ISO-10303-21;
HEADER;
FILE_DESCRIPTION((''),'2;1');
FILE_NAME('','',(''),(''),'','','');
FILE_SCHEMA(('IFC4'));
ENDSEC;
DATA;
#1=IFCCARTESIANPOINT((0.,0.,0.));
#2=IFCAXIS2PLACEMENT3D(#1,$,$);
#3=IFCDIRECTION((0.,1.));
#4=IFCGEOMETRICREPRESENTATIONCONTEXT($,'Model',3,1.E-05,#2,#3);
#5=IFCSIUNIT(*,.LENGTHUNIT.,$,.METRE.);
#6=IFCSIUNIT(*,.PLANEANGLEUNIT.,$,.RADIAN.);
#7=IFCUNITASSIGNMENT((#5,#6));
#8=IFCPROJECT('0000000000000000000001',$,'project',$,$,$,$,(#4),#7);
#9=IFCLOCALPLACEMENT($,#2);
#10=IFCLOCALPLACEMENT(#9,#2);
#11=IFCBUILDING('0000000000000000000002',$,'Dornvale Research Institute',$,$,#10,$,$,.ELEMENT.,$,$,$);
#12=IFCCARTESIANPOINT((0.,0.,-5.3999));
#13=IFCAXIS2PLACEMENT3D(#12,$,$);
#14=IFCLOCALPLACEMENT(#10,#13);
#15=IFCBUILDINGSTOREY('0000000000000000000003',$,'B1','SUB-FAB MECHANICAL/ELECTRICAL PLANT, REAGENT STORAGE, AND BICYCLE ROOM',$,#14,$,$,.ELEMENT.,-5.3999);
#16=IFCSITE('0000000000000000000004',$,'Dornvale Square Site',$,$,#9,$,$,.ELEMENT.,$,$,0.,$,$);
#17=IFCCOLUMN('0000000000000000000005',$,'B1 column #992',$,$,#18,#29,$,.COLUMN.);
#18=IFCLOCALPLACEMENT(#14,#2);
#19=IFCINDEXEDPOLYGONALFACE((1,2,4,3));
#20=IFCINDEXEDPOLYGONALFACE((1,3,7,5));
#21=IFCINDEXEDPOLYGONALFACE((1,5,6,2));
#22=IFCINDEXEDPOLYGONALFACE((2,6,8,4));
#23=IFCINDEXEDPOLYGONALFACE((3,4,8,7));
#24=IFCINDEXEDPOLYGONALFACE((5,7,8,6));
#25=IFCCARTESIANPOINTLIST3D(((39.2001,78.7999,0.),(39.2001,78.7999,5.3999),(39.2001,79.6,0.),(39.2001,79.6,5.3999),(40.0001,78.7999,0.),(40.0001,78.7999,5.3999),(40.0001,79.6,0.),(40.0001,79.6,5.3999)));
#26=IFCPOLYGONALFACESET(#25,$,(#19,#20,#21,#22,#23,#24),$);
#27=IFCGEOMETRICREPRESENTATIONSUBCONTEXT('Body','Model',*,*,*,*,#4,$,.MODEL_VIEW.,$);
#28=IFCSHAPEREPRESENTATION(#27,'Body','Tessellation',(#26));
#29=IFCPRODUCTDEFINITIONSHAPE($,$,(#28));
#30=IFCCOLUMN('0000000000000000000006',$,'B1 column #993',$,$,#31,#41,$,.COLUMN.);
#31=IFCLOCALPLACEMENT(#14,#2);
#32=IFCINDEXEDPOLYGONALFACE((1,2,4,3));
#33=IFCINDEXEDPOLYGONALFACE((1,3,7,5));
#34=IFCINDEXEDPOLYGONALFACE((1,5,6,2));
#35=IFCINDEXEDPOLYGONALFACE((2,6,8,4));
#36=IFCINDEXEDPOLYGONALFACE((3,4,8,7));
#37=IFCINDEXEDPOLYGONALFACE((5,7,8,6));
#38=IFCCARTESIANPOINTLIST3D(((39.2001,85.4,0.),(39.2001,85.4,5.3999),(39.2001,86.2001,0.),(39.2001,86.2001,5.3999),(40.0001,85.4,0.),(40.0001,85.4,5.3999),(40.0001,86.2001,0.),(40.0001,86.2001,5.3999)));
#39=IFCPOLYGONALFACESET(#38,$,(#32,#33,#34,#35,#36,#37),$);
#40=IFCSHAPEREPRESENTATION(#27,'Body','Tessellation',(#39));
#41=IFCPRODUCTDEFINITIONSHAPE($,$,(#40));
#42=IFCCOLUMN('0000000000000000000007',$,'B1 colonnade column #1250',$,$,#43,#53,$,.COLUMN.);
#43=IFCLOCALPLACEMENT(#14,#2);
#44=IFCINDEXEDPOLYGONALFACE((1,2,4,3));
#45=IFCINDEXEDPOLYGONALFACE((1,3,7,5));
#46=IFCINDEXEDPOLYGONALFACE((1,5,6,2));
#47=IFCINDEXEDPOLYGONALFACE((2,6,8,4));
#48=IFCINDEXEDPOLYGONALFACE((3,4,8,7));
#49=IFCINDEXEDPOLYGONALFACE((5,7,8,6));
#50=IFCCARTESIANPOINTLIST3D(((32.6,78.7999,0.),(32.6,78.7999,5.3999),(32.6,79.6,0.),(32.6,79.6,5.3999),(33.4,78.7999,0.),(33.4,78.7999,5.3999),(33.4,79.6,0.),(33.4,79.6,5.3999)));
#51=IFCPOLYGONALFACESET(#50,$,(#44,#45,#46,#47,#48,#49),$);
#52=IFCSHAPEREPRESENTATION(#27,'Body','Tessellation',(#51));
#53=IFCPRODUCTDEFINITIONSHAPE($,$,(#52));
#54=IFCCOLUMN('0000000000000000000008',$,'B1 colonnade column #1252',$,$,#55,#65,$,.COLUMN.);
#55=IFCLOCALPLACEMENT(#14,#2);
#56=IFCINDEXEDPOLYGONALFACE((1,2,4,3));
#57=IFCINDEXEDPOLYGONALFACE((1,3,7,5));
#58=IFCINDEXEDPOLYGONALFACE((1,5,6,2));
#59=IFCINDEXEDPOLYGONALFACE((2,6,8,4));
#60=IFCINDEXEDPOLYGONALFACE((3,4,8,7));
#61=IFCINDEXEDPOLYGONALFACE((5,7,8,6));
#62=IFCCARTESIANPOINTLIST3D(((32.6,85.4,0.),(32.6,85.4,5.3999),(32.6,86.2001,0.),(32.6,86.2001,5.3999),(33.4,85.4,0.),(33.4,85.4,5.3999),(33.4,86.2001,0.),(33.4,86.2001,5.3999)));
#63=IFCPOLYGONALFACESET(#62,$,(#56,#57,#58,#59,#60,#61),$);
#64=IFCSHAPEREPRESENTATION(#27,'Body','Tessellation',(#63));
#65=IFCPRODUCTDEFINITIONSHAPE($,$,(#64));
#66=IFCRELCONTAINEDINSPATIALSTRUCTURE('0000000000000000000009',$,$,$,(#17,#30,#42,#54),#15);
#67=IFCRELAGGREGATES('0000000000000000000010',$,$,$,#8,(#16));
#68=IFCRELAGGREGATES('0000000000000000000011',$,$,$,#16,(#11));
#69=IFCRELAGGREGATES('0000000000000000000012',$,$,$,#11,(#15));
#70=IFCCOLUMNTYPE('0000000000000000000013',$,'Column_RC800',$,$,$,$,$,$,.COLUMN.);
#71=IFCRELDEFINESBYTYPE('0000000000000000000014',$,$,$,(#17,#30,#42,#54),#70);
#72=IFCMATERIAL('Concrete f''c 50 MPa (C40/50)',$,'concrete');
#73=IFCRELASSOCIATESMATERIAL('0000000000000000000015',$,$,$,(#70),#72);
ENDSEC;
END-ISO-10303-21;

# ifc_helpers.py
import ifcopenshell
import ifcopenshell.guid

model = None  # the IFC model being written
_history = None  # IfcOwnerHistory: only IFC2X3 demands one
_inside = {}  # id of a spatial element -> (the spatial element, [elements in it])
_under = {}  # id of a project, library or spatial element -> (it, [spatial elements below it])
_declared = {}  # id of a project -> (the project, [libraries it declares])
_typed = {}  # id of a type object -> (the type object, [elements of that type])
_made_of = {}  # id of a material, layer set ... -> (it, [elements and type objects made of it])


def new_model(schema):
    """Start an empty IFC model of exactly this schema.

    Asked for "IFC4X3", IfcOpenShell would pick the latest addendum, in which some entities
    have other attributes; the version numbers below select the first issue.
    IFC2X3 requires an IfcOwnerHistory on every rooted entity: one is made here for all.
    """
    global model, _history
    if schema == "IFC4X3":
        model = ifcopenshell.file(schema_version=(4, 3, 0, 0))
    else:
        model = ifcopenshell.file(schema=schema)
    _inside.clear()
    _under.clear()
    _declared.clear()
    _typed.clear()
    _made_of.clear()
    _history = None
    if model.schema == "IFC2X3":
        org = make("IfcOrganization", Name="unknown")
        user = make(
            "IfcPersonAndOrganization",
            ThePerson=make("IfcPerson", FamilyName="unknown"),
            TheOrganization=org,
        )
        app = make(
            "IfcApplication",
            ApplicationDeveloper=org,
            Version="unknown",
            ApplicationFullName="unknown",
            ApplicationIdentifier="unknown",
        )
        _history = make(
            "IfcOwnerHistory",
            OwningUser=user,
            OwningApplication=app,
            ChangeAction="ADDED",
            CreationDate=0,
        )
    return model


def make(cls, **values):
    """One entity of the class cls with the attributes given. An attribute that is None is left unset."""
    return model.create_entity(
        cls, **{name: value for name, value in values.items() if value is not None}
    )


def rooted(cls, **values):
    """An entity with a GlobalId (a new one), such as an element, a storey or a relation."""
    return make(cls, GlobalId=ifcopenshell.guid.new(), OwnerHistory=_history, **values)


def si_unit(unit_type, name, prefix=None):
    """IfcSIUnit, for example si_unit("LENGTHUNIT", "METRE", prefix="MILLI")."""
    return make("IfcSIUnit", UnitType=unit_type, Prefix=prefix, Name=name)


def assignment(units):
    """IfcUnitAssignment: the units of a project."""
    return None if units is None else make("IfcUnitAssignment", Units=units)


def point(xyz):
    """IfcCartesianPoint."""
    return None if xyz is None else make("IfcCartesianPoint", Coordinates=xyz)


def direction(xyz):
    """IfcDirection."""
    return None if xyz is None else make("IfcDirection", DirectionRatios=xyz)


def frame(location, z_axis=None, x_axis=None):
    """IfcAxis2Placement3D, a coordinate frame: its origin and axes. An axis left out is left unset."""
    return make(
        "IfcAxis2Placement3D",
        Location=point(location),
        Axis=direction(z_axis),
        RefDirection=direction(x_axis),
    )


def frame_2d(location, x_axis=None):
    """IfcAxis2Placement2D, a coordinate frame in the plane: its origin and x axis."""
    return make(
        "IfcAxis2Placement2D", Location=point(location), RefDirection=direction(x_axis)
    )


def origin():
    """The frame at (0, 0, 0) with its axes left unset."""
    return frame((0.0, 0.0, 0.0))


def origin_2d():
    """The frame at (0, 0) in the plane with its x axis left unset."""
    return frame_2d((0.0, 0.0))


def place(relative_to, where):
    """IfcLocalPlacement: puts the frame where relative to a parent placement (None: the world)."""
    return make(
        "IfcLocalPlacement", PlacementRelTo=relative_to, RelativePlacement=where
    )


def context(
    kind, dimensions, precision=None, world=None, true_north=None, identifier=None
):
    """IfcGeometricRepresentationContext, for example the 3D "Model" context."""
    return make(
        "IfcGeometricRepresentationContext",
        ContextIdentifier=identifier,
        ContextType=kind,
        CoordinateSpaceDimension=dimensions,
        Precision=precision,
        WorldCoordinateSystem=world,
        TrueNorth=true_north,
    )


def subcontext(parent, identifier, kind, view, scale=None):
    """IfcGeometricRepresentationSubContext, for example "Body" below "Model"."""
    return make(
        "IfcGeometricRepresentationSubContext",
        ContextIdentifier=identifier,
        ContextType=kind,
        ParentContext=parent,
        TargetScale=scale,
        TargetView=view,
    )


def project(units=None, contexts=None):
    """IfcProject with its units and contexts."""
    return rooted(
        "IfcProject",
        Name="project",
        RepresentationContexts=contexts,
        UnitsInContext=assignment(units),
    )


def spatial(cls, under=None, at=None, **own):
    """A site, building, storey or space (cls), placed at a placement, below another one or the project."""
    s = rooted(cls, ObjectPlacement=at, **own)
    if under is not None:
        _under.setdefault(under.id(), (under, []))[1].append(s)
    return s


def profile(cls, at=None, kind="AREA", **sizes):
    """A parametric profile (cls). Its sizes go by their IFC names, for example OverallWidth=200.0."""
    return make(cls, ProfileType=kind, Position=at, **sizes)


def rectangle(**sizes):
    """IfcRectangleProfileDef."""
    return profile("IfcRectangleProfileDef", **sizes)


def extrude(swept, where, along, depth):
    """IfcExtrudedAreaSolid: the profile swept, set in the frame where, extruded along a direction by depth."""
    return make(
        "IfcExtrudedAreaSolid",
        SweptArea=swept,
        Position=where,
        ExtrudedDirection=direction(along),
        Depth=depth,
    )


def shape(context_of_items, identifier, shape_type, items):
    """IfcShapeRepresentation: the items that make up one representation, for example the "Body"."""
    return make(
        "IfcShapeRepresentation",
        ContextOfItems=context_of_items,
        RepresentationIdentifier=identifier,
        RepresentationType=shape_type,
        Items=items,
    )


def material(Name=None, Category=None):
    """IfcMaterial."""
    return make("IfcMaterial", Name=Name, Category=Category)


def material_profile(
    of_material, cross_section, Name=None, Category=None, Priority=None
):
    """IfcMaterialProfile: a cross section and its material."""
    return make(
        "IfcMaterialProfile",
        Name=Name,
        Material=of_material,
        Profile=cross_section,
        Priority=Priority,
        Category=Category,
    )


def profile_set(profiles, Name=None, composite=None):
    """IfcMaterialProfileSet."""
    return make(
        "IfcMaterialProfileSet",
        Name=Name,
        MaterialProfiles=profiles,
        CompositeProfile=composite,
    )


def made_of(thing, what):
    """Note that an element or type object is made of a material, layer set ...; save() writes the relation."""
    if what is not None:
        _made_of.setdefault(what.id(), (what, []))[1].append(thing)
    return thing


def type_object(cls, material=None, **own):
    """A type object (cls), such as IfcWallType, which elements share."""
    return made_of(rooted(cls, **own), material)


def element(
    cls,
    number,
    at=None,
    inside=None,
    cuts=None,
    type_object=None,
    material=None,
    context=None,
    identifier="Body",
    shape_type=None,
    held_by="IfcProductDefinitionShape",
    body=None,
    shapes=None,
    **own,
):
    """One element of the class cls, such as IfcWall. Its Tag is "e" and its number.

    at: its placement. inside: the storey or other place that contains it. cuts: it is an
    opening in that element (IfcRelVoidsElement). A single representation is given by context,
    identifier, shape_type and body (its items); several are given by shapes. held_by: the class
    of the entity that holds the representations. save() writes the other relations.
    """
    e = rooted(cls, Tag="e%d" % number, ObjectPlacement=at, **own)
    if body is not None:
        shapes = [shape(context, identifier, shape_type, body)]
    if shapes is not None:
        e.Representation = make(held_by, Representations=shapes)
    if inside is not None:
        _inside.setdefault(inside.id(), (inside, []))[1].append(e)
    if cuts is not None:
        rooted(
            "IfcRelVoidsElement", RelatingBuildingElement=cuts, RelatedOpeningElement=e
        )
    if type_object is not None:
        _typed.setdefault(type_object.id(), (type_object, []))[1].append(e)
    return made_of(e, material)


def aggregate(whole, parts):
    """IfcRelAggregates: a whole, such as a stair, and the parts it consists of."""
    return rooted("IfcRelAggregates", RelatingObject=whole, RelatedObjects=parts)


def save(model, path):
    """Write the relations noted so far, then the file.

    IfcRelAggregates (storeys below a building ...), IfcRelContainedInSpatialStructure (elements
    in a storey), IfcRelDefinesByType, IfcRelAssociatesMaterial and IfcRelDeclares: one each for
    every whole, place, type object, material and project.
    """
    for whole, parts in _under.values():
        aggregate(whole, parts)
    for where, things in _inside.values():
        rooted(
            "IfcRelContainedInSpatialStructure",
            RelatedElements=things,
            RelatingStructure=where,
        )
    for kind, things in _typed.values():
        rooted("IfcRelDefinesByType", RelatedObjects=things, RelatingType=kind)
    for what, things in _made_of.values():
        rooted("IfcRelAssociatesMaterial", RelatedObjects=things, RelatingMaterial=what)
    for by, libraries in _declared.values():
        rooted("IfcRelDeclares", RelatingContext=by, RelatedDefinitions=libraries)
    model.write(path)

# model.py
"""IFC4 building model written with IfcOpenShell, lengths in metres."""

from ifc_helpers import new_model, si_unit, direction, frame, origin, origin_2d, place, context, subcontext, project, spatial, rectangle, extrude, material, material_profile, profile_set, type_object, element, save


model = new_model("IFC4")

# Units and contexts
model_context = context("Model", 3, precision=1e-05, world=origin(), true_north=direction((0.0, 1.0)))
body_context = subcontext(model_context, "Body", "Model", "MODEL_VIEW")
ifc_project = project(units=[si_unit("LENGTHUNIT", "METRE"), si_unit("PLANEANGLEUNIT", "RADIAN")], contexts=[model_context])

# Site, building, storey
site_placement = place(None, origin())
site = spatial("IfcSite", under=ifc_project, at=site_placement, Name="Dornvale Square Site", CompositionType="ELEMENT", RefElevation=0.0)
building_placement = place(site_placement, origin())
building = spatial("IfcBuilding", under=site, at=building_placement, Name="Dornvale Research Institute", CompositionType="ELEMENT")
storey_placement = place(building_placement, frame((0.0, 0.0, -5.3999)))
storey = spatial("IfcBuildingStorey", under=building, at=storey_placement, Name="B1", Description="SUB-FAB MECHANICAL/ELECTRICAL PLANT, REAGENT STORAGE, AND BICYCLE ROOM", CompositionType="ELEMENT", Elevation=-5.3999)

# Columns
ifc_material_1 = material(Name="Concrete f'c 50 MPa (C40/50)", Category="concrete")
ifc_material_profile_1 = material_profile(ifc_material_1, rectangle(XDim=0.8, YDim=0.8, at=origin_2d()), Name="RC 800x800")
ifc_profile_set_1 = profile_set([ifc_material_profile_1], Name="Concrete f'c 50 MPa (C40/50)")
column_type = type_object("IfcColumnType", Name="Column_RC800", PredefinedType="COLUMN", material=ifc_profile_set_1)
for number, where, z_axis, x_axis, name in (
    (1, (39.6001, 79.2, 0.0), (0.0, 0.0, 1.0), (1.0, 0.0, 0.0), "B1 column #992"),
    (2, (39.6001, 85.8, 0.0), (0.0, 0.0, 1.0), (1.0, 0.0, 0.0), "B1 column #993"),
    (3, (33.0, 79.2, 0.0), (0.0, 0.0, 1.0), (1.0, 0.0, 0.0), "B1 colonnade column #1250"),
    (4, (33.0, 85.8, 0.0), (0.0, 0.0, 1.0), (1.0, 0.0, 0.0), "B1 colonnade column #1252"),
):
    element("IfcColumn", number, at=place(storey_placement, frame(where, z_axis=z_axis, x_axis=x_axis)), inside=storey, type_object=column_type, Name=name, PredefinedType="COLUMN", context=body_context, shape_type="SweptSolid", body=[
        extrude(rectangle(XDim=0.8, YDim=0.8, at=origin_2d()), origin(), (0.0, 0.0, 1.0), 5.3999),
    ])

save(model, "model.ifc")
